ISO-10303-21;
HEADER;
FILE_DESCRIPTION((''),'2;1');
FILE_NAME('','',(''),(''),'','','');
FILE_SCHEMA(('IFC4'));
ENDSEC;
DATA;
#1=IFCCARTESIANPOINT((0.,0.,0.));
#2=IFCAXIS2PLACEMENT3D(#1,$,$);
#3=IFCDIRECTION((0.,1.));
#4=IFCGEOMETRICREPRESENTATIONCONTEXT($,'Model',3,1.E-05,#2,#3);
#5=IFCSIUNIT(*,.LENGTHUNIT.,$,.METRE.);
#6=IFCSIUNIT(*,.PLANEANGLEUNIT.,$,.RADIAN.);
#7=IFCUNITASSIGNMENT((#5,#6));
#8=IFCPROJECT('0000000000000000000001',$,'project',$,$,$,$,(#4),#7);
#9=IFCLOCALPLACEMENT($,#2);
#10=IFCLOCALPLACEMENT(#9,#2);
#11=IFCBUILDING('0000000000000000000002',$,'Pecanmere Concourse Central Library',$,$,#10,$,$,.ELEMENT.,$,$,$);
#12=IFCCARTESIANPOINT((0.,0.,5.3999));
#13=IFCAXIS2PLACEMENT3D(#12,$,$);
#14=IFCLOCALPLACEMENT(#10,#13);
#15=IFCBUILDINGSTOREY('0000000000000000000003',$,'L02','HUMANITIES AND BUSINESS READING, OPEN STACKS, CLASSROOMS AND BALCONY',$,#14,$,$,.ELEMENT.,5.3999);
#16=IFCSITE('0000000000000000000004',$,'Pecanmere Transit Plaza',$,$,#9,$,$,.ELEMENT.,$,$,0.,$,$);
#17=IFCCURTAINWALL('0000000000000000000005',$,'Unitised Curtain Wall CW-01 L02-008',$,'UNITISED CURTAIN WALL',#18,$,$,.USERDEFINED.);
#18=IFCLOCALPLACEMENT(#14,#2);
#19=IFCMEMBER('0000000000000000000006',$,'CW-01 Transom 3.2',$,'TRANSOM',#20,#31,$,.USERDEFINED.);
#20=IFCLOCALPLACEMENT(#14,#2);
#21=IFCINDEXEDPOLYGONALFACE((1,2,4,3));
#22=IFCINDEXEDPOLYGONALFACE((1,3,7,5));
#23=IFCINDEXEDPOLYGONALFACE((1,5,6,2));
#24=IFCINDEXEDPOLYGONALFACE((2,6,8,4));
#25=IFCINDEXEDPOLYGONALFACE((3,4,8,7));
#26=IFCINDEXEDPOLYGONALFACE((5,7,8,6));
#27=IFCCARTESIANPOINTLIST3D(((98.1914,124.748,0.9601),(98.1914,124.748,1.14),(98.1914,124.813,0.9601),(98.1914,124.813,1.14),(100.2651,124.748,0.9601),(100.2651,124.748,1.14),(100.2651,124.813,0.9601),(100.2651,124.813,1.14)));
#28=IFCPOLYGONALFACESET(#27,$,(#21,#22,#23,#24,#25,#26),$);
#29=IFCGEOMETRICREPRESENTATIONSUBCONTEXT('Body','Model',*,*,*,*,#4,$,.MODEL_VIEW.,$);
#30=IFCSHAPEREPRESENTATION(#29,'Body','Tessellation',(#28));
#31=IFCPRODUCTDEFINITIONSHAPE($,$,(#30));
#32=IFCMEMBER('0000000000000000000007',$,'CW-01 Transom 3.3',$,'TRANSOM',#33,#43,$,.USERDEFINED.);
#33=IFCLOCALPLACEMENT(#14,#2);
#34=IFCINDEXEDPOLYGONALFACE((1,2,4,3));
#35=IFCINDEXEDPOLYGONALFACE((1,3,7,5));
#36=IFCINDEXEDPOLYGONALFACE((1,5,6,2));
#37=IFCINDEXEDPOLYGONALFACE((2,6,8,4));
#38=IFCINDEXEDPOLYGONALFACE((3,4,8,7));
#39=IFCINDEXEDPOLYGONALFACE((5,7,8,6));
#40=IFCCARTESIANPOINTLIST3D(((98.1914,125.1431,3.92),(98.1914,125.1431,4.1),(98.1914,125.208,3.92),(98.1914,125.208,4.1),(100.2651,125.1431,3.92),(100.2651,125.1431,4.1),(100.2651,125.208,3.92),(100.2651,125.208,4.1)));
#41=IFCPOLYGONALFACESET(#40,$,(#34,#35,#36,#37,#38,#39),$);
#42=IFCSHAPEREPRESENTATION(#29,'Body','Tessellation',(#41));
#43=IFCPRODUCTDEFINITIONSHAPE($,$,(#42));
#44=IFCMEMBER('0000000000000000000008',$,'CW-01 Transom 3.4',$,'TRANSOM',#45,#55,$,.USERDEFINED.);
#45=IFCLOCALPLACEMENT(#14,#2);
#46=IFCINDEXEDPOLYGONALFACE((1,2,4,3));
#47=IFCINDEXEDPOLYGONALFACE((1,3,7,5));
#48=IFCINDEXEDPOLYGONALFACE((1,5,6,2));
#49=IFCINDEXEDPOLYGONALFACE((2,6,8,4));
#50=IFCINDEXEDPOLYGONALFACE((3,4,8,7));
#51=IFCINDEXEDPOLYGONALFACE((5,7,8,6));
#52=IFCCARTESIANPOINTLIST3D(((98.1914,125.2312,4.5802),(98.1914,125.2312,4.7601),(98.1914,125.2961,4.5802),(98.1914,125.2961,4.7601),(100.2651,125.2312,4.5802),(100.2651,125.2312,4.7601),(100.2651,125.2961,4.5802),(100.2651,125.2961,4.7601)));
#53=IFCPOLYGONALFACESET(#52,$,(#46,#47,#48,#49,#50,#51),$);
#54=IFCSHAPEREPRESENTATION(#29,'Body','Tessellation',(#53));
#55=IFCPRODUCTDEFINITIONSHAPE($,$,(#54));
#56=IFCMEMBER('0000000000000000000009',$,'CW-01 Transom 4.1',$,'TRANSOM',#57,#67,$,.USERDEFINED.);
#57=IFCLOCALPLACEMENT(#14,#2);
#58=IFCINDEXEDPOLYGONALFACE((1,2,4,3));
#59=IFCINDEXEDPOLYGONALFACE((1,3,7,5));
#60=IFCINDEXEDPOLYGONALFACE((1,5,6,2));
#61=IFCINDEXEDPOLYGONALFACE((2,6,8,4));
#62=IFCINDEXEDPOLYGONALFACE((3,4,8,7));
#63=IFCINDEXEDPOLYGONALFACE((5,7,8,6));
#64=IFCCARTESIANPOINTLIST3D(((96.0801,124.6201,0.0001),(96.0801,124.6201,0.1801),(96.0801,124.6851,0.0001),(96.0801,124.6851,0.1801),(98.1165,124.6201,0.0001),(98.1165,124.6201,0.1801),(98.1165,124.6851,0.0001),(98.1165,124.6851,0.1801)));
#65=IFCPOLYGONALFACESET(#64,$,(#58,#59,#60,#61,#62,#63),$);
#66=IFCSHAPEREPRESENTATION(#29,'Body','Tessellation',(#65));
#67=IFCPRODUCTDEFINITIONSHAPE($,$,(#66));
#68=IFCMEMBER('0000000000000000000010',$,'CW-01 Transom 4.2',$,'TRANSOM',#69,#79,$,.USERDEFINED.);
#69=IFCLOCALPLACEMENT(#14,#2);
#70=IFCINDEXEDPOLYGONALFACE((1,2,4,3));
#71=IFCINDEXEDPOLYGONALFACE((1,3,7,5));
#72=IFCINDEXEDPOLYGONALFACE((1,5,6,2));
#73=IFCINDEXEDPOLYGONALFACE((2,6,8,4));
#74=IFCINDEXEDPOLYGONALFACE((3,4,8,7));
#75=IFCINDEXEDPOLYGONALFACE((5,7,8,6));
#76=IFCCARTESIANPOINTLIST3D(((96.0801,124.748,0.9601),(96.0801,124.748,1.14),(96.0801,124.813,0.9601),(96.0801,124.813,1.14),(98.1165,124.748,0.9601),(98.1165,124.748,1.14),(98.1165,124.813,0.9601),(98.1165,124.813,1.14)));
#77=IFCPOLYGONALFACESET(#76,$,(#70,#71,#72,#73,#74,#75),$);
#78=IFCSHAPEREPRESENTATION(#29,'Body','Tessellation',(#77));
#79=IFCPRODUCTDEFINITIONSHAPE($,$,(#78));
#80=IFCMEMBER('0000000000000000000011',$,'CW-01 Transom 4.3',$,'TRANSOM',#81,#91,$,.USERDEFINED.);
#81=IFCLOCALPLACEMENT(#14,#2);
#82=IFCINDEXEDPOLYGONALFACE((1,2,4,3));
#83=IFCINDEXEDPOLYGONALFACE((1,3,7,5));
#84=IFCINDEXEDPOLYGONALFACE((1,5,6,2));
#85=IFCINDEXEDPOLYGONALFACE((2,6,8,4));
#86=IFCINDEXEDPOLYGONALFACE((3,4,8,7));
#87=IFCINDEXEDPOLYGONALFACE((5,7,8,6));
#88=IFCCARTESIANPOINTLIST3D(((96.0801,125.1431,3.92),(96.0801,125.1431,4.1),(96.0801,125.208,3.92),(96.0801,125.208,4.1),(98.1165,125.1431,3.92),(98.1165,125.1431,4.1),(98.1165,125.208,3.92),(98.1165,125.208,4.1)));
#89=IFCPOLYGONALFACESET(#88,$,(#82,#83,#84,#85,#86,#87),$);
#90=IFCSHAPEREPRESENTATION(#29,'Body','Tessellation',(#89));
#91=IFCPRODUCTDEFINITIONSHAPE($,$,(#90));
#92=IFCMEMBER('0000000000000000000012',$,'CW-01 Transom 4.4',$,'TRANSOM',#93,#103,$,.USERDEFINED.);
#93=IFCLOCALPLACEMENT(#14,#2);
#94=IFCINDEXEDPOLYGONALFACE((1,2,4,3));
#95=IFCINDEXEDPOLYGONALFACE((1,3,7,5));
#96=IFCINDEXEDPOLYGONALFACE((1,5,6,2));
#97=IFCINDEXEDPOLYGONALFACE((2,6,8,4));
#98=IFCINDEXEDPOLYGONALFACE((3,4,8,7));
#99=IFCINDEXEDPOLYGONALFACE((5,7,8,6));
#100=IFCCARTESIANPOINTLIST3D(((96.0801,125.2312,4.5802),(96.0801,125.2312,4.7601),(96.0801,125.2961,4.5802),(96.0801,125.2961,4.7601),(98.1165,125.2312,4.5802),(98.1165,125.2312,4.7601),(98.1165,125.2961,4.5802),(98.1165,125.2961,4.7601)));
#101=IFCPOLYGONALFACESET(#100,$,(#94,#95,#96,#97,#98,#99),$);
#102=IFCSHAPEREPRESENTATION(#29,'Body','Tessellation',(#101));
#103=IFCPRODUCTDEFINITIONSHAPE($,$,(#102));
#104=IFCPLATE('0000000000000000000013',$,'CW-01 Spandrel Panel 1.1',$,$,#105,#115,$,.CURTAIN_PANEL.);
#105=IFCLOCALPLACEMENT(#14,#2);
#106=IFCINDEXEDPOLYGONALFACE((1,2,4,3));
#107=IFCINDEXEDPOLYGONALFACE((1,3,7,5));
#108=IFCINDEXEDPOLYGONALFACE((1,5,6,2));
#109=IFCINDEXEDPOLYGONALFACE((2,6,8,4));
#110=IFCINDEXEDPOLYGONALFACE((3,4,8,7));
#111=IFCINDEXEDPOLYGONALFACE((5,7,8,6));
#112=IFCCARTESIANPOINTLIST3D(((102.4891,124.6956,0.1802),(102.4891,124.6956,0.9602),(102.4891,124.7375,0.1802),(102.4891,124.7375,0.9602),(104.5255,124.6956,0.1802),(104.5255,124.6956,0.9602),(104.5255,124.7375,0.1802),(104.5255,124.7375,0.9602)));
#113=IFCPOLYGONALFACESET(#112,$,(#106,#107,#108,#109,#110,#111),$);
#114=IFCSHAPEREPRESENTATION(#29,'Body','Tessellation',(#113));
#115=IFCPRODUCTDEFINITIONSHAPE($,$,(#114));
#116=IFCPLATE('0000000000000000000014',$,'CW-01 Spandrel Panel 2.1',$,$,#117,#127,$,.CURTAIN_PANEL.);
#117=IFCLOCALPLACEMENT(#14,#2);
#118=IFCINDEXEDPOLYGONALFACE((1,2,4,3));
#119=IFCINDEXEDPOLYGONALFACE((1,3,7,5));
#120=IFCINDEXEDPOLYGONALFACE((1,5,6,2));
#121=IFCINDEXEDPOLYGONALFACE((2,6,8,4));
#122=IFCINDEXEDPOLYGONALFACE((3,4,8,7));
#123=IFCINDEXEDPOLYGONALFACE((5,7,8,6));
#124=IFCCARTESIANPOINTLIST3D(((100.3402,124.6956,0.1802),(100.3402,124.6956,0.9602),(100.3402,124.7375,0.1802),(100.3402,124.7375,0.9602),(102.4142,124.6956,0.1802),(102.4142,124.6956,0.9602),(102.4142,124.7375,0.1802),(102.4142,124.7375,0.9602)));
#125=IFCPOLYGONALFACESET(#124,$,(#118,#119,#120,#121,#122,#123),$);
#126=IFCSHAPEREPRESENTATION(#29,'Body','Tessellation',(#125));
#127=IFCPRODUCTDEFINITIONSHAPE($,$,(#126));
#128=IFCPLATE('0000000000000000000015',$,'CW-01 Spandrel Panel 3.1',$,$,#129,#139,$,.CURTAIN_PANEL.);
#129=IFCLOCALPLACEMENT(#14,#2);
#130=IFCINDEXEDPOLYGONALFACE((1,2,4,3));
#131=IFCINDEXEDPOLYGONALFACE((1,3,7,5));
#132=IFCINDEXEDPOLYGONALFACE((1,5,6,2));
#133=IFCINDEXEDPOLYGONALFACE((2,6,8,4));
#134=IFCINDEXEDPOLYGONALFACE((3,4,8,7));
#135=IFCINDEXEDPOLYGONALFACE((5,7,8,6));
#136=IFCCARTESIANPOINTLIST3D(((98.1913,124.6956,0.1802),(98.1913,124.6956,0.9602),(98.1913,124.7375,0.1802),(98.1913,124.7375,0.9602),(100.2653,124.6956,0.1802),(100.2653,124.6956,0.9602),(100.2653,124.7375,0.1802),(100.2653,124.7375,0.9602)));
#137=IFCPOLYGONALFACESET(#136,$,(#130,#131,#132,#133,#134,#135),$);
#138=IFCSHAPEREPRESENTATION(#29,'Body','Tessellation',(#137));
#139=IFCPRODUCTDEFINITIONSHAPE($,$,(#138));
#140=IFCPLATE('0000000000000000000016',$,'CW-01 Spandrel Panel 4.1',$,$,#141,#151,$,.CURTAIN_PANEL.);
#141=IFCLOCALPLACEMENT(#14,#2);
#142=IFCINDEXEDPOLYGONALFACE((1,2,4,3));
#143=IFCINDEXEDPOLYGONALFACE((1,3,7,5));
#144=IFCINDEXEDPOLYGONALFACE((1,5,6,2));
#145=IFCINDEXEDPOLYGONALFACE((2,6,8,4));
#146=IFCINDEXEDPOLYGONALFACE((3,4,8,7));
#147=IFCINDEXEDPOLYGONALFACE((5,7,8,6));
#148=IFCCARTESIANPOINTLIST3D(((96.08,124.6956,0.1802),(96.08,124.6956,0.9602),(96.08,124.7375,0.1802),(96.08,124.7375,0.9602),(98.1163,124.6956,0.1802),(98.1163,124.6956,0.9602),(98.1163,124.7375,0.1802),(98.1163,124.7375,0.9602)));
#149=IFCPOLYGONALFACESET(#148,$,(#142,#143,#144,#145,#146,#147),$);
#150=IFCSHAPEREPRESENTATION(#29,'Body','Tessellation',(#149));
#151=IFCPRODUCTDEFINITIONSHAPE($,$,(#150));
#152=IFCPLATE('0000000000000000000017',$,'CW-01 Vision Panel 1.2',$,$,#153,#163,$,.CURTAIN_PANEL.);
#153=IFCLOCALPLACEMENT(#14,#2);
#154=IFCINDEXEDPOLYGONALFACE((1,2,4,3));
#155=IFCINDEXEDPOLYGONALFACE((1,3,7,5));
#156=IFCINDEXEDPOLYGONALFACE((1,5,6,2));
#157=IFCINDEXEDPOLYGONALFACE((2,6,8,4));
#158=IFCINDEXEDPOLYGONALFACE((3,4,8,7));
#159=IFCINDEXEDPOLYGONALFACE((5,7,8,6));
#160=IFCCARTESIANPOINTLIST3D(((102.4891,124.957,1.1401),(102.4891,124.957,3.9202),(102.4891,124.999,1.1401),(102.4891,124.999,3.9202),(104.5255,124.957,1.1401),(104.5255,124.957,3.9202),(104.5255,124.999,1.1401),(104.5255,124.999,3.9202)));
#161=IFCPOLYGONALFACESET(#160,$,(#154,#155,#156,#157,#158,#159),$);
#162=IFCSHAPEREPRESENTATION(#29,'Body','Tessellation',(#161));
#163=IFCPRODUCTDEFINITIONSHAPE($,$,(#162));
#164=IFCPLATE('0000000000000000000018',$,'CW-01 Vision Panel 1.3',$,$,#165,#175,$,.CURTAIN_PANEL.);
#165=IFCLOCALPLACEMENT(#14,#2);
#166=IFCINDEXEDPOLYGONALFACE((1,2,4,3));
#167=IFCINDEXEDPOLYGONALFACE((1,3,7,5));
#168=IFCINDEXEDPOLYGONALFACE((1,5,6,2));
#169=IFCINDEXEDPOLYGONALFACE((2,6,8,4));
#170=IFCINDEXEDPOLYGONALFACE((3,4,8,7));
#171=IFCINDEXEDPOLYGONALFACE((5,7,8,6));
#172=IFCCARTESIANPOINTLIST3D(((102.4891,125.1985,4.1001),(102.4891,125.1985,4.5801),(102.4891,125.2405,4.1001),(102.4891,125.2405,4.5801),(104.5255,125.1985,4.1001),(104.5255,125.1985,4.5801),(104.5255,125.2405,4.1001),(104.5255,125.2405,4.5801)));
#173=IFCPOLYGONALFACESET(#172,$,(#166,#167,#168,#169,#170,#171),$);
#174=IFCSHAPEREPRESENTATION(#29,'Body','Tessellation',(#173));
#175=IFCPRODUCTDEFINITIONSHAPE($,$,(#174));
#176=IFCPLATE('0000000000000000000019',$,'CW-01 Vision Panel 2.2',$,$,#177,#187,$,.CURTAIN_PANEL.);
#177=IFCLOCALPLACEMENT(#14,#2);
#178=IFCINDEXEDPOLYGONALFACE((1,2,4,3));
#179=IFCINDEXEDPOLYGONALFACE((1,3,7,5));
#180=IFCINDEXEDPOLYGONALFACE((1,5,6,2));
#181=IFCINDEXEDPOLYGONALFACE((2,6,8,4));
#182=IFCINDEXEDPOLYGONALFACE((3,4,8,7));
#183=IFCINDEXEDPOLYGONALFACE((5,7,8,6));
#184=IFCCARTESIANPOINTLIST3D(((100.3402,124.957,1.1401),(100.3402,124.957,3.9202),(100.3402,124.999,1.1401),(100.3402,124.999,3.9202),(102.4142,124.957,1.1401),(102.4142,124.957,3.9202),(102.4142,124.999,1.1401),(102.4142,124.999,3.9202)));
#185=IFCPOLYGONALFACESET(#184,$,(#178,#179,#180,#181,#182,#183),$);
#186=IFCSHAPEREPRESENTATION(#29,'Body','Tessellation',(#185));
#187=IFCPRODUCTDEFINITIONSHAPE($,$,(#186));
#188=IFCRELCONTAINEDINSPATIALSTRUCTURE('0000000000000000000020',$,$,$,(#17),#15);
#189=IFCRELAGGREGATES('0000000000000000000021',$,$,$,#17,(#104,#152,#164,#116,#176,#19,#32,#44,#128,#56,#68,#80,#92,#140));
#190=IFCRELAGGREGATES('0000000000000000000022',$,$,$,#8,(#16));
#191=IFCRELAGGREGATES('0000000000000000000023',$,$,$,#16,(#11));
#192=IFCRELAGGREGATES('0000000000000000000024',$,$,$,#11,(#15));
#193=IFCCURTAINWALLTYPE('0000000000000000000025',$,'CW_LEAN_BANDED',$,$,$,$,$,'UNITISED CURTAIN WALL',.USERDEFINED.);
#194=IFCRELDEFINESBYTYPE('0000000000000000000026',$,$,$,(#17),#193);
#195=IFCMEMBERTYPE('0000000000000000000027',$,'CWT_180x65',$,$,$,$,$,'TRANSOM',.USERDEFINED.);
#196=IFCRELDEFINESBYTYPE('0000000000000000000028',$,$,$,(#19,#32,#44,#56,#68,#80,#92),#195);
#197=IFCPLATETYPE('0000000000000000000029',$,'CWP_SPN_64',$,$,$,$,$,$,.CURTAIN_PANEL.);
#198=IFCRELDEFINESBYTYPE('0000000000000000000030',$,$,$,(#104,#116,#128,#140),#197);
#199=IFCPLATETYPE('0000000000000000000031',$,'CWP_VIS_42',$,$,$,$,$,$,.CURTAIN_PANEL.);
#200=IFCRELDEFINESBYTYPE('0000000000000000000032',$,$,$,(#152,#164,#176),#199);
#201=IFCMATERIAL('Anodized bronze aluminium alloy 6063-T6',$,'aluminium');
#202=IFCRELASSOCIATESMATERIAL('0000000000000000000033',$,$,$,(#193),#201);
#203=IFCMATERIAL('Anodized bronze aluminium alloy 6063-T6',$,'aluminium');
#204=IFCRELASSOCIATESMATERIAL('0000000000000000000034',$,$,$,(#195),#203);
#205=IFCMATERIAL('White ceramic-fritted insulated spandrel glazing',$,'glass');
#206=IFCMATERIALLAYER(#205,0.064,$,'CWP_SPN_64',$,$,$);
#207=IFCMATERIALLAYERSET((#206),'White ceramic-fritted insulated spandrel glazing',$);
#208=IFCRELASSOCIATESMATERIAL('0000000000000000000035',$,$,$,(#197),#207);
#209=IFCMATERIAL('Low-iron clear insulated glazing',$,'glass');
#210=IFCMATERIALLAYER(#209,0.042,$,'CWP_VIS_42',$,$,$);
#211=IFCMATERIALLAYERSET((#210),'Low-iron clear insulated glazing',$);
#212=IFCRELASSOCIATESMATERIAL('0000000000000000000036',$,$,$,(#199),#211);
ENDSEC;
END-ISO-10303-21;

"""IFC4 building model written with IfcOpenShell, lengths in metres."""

from ifc_helpers import new_model, si_unit, direction, frame, origin, origin_2d, place, context, subcontext, project, spatial, rectangle, extrude, material, layer, layer_set, material_profile, profile_set, type_object, element, aggregate, save


model = new_model("IFC4")

# Units and contexts
model_context = context("Model", 3, precision=1e-05, world=origin(), true_north=direction((0.0, 1.0)))
body_context = subcontext(model_context, "Body", "Model", "MODEL_VIEW")
ifc_project = project(units=[si_unit("LENGTHUNIT", "METRE"), si_unit("PLANEANGLEUNIT", "RADIAN")], contexts=[model_context])

# Site, building, storey
site_placement = place(None, origin())
site = spatial("IfcSite", under=ifc_project, at=site_placement, Name="Pecanmere Transit Plaza", CompositionType="ELEMENT", RefElevation=0.0)
building_placement = place(site_placement, origin())
building = spatial("IfcBuilding", under=site, at=building_placement, Name="Pecanmere Concourse Central Library", CompositionType="ELEMENT")
storey_placement = place(building_placement, frame((0.0, 0.0, 5.3999)))
storey = spatial("IfcBuildingStorey", under=building, at=storey_placement, Name="L02", Description="HUMANITIES AND BUSINESS READING, OPEN STACKS, CLASSROOMS AND BALCONY", CompositionType="ELEMENT", Elevation=5.3999)

# Curtain wall
ifc_material_1 = material(Name="Anodized bronze aluminium alloy 6063-T6", Category="aluminium")
curtain_wall_type = type_object("IfcCurtainWallType", Name="CW_LEAN_BANDED", ElementType="UNITISED CURTAIN WALL", PredefinedType="USERDEFINED", material=ifc_material_1)
curtain_wall_1_placement = place(storey_placement, origin())
curtain_wall_1 = element("IfcCurtainWall", 1, at=curtain_wall_1_placement, inside=storey, type_object=curtain_wall_type, Name="Unitised Curtain Wall CW-01 L02-008", ObjectType="UNITISED CURTAIN WALL", PredefinedType="USERDEFINED")

# Members
ifc_material_2 = material(Name="Anodized bronze aluminium alloy 6063-T6", Category="aluminium")
ifc_material_profile_1 = material_profile(ifc_material_2, rectangle(XDim=0.0649, YDim=0.1799, at=origin_2d()), Name="AL 65x180")
ifc_profile_set_1 = profile_set([ifc_material_profile_1], Name="Anodized bronze aluminium alloy 6063-T6")
member_type_1 = type_object("IfcMemberType", Name="CWT_180x65", ElementType="TRANSOM", PredefinedType="USERDEFINED", material=ifc_profile_set_1)
member_1_placement = place(storey_placement, frame((100.2651, 124.7805, 1.05), z_axis=(-1.0, 0.0, 0.0), x_axis=(0.0, -1.0, 0.0)))
member_1 = element("IfcMember", 2, at=member_1_placement, type_object=member_type_1, Name="CW-01 Transom 3.2", ObjectType="TRANSOM", PredefinedType="USERDEFINED", context=body_context, shape_type="SweptSolid", body=[
    extrude(rectangle(XDim=0.0649, YDim=0.1799, at=origin_2d()), origin(), (0.0, 0.0, 1.0), 2.0737),
])
member_2_placement = place(storey_placement, frame((100.2651, 125.1755, 4.01), z_axis=(-1.0, 0.0, 0.0), x_axis=(0.0, -1.0, 0.0)))
member_2 = element("IfcMember", 3, at=member_2_placement, type_object=member_type_1, Name="CW-01 Transom 3.3", ObjectType="TRANSOM", PredefinedType="USERDEFINED", context=body_context, shape_type="SweptSolid", body=[
    extrude(rectangle(XDim=0.0649, YDim=0.1799, at=origin_2d()), origin(), (0.0, 0.0, 1.0), 2.0737),
])
member_3_placement = place(storey_placement, frame((100.2651, 125.2637, 4.6702), z_axis=(-1.0, 0.0, 0.0), x_axis=(0.0, -1.0, 0.0)))
member_3 = element("IfcMember", 4, at=member_3_placement, type_object=member_type_1, Name="CW-01 Transom 3.4", ObjectType="TRANSOM", PredefinedType="USERDEFINED", context=body_context, shape_type="SweptSolid", body=[
    extrude(rectangle(XDim=0.0649, YDim=0.1799, at=origin_2d()), origin(), (0.0, 0.0, 1.0), 2.0737),
])
member_4_placement = place(storey_placement, frame((98.1165, 124.6526, 0.0901), z_axis=(-1.0, 0.0, 0.0), x_axis=(0.0, -1.0, 0.0)))
member_4 = element("IfcMember", 5, at=member_4_placement, type_object=member_type_1, Name="CW-01 Transom 4.1", ObjectType="TRANSOM", PredefinedType="USERDEFINED", context=body_context, shape_type="SweptSolid", body=[
    extrude(rectangle(XDim=0.0649, YDim=0.1799, at=origin_2d()), origin(), (0.0, 0.0, 1.0), 2.0364),
])
member_5_placement = place(storey_placement, frame((98.1165, 124.7805, 1.05), z_axis=(-1.0, 0.0, 0.0), x_axis=(0.0, -1.0, 0.0)))
member_5 = element("IfcMember", 6, at=member_5_placement, type_object=member_type_1, Name="CW-01 Transom 4.2", ObjectType="TRANSOM", PredefinedType="USERDEFINED", context=body_context, shape_type="SweptSolid", body=[
    extrude(rectangle(XDim=0.0649, YDim=0.1799, at=origin_2d()), origin(), (0.0, 0.0, 1.0), 2.0364),
])
member_6_placement = place(storey_placement, frame((98.1165, 125.1755, 4.01), z_axis=(-1.0, 0.0, 0.0), x_axis=(0.0, -1.0, 0.0)))
member_6 = element("IfcMember", 7, at=member_6_placement, type_object=member_type_1, Name="CW-01 Transom 4.3", ObjectType="TRANSOM", PredefinedType="USERDEFINED", context=body_context, shape_type="SweptSolid", body=[
    extrude(rectangle(XDim=0.0649, YDim=0.1799, at=origin_2d()), origin(), (0.0, 0.0, 1.0), 2.0364),
])
member_7_placement = place(storey_placement, frame((98.1165, 125.2637, 4.6702), z_axis=(-1.0, 0.0, 0.0), x_axis=(0.0, -1.0, 0.0)))
member_7 = element("IfcMember", 8, at=member_7_placement, type_object=member_type_1, Name="CW-01 Transom 4.4", ObjectType="TRANSOM", PredefinedType="USERDEFINED", context=body_context, shape_type="SweptSolid", body=[
    extrude(rectangle(XDim=0.0649, YDim=0.1799, at=origin_2d()), origin(), (0.0, 0.0, 1.0), 2.0364),
])

# Plates
ifc_material_3 = material(Name="White ceramic-fritted insulated spandrel glazing", Category="glass")
ifc_layer_1 = layer(ifc_material_3, 0.064, Name="CWP_SPN_64")
ifc_layer_set_1 = layer_set([ifc_layer_1], Name="White ceramic-fritted insulated spandrel glazing")
plate_type_1 = type_object("IfcPlateType", Name="CWP_SPN_64", PredefinedType="CURTAIN_PANEL", material=ifc_layer_set_1)
plate_1_placement = place(storey_placement, frame((103.5073, 124.7166, 0.1802), z_axis=(0.0, 0.0, 1.0), x_axis=(-1.0, 0.0, 0.0)))
plate_1 = element("IfcPlate", 9, at=plate_1_placement, type_object=plate_type_1, Name="CW-01 Spandrel Panel 1.1", PredefinedType="CURTAIN_PANEL", context=body_context, shape_type="SweptSolid", body=[
    extrude(rectangle(XDim=2.0364, YDim=0.042, at=origin_2d()), origin(), (0.0, 0.0, 1.0), 0.78),
])
plate_2_placement = place(storey_placement, frame((101.3772, 124.7166, 0.1802), z_axis=(0.0, 0.0, 1.0), x_axis=(-1.0, 0.0, 0.0)))
plate_2 = element("IfcPlate", 10, at=plate_2_placement, type_object=plate_type_1, Name="CW-01 Spandrel Panel 2.1", PredefinedType="CURTAIN_PANEL", context=body_context, shape_type="SweptSolid", body=[
    extrude(rectangle(XDim=2.074, YDim=0.042, at=origin_2d()), origin(), (0.0, 0.0, 1.0), 0.78),
])
plate_3_placement = place(storey_placement, frame((99.2283, 124.7166, 0.1802), z_axis=(0.0, 0.0, 1.0), x_axis=(-1.0, 0.0, 0.0)))
plate_3 = element("IfcPlate", 11, at=plate_3_placement, type_object=plate_type_1, Name="CW-01 Spandrel Panel 3.1", PredefinedType="CURTAIN_PANEL", context=body_context, shape_type="SweptSolid", body=[
    extrude(rectangle(XDim=2.074, YDim=0.042, at=origin_2d()), origin(), (0.0, 0.0, 1.0), 0.78),
])
plate_4_placement = place(storey_placement, frame((97.0981, 124.7166, 0.1802), z_axis=(0.0, 0.0, 1.0), x_axis=(-1.0, 0.0, 0.0)))
plate_4 = element("IfcPlate", 12, at=plate_4_placement, type_object=plate_type_1, Name="CW-01 Spandrel Panel 4.1", PredefinedType="CURTAIN_PANEL", context=body_context, shape_type="SweptSolid", body=[
    extrude(rectangle(XDim=2.0364, YDim=0.042, at=origin_2d()), origin(), (0.0, 0.0, 1.0), 0.78),
])
ifc_material_4 = material(Name="Low-iron clear insulated glazing", Category="glass")
ifc_layer_2 = layer(ifc_material_4, 0.042, Name="CWP_VIS_42")
ifc_layer_set_2 = layer_set([ifc_layer_2], Name="Low-iron clear insulated glazing")
plate_type_2 = type_object("IfcPlateType", Name="CWP_VIS_42", PredefinedType="CURTAIN_PANEL", material=ifc_layer_set_2)
plate_5_placement = place(storey_placement, frame((103.5073, 124.978, 1.1401), z_axis=(0.0, 0.0, 1.0), x_axis=(-1.0, 0.0, 0.0)))
plate_5 = element("IfcPlate", 13, at=plate_5_placement, type_object=plate_type_2, Name="CW-01 Vision Panel 1.2", PredefinedType="CURTAIN_PANEL", context=body_context, shape_type="SweptSolid", body=[
    extrude(rectangle(XDim=2.0364, YDim=0.042, at=origin_2d()), origin(), (0.0, 0.0, 1.0), 2.78),
])
plate_6_placement = place(storey_placement, frame((103.5073, 125.2195, 4.1001), z_axis=(0.0, 0.0, 1.0), x_axis=(-1.0, 0.0, 0.0)))
plate_6 = element("IfcPlate", 14, at=plate_6_placement, type_object=plate_type_2, Name="CW-01 Vision Panel 1.3", PredefinedType="CURTAIN_PANEL", context=body_context, shape_type="SweptSolid", body=[
    extrude(rectangle(XDim=2.0364, YDim=0.042, at=origin_2d()), origin(), (0.0, 0.0, 1.0), 0.48),
])
plate_7_placement = place(storey_placement, frame((101.3772, 124.978, 1.1401), z_axis=(0.0, 0.0, 1.0), x_axis=(-1.0, 0.0, 0.0)))
plate_7 = element("IfcPlate", 15, at=plate_7_placement, type_object=plate_type_2, Name="CW-01 Vision Panel 2.2", PredefinedType="CURTAIN_PANEL", context=body_context, shape_type="SweptSolid", body=[
    extrude(rectangle(XDim=2.074, YDim=0.042, at=origin_2d()), origin(), (0.0, 0.0, 1.0), 2.78),
])
aggregate(curtain_wall_1, [plate_1, plate_5, plate_6, plate_2, plate_7, member_1, member_2, member_3, plate_3, member_4, member_5, member_6, member_7, plate_4])

save(model, "model.ifc")
